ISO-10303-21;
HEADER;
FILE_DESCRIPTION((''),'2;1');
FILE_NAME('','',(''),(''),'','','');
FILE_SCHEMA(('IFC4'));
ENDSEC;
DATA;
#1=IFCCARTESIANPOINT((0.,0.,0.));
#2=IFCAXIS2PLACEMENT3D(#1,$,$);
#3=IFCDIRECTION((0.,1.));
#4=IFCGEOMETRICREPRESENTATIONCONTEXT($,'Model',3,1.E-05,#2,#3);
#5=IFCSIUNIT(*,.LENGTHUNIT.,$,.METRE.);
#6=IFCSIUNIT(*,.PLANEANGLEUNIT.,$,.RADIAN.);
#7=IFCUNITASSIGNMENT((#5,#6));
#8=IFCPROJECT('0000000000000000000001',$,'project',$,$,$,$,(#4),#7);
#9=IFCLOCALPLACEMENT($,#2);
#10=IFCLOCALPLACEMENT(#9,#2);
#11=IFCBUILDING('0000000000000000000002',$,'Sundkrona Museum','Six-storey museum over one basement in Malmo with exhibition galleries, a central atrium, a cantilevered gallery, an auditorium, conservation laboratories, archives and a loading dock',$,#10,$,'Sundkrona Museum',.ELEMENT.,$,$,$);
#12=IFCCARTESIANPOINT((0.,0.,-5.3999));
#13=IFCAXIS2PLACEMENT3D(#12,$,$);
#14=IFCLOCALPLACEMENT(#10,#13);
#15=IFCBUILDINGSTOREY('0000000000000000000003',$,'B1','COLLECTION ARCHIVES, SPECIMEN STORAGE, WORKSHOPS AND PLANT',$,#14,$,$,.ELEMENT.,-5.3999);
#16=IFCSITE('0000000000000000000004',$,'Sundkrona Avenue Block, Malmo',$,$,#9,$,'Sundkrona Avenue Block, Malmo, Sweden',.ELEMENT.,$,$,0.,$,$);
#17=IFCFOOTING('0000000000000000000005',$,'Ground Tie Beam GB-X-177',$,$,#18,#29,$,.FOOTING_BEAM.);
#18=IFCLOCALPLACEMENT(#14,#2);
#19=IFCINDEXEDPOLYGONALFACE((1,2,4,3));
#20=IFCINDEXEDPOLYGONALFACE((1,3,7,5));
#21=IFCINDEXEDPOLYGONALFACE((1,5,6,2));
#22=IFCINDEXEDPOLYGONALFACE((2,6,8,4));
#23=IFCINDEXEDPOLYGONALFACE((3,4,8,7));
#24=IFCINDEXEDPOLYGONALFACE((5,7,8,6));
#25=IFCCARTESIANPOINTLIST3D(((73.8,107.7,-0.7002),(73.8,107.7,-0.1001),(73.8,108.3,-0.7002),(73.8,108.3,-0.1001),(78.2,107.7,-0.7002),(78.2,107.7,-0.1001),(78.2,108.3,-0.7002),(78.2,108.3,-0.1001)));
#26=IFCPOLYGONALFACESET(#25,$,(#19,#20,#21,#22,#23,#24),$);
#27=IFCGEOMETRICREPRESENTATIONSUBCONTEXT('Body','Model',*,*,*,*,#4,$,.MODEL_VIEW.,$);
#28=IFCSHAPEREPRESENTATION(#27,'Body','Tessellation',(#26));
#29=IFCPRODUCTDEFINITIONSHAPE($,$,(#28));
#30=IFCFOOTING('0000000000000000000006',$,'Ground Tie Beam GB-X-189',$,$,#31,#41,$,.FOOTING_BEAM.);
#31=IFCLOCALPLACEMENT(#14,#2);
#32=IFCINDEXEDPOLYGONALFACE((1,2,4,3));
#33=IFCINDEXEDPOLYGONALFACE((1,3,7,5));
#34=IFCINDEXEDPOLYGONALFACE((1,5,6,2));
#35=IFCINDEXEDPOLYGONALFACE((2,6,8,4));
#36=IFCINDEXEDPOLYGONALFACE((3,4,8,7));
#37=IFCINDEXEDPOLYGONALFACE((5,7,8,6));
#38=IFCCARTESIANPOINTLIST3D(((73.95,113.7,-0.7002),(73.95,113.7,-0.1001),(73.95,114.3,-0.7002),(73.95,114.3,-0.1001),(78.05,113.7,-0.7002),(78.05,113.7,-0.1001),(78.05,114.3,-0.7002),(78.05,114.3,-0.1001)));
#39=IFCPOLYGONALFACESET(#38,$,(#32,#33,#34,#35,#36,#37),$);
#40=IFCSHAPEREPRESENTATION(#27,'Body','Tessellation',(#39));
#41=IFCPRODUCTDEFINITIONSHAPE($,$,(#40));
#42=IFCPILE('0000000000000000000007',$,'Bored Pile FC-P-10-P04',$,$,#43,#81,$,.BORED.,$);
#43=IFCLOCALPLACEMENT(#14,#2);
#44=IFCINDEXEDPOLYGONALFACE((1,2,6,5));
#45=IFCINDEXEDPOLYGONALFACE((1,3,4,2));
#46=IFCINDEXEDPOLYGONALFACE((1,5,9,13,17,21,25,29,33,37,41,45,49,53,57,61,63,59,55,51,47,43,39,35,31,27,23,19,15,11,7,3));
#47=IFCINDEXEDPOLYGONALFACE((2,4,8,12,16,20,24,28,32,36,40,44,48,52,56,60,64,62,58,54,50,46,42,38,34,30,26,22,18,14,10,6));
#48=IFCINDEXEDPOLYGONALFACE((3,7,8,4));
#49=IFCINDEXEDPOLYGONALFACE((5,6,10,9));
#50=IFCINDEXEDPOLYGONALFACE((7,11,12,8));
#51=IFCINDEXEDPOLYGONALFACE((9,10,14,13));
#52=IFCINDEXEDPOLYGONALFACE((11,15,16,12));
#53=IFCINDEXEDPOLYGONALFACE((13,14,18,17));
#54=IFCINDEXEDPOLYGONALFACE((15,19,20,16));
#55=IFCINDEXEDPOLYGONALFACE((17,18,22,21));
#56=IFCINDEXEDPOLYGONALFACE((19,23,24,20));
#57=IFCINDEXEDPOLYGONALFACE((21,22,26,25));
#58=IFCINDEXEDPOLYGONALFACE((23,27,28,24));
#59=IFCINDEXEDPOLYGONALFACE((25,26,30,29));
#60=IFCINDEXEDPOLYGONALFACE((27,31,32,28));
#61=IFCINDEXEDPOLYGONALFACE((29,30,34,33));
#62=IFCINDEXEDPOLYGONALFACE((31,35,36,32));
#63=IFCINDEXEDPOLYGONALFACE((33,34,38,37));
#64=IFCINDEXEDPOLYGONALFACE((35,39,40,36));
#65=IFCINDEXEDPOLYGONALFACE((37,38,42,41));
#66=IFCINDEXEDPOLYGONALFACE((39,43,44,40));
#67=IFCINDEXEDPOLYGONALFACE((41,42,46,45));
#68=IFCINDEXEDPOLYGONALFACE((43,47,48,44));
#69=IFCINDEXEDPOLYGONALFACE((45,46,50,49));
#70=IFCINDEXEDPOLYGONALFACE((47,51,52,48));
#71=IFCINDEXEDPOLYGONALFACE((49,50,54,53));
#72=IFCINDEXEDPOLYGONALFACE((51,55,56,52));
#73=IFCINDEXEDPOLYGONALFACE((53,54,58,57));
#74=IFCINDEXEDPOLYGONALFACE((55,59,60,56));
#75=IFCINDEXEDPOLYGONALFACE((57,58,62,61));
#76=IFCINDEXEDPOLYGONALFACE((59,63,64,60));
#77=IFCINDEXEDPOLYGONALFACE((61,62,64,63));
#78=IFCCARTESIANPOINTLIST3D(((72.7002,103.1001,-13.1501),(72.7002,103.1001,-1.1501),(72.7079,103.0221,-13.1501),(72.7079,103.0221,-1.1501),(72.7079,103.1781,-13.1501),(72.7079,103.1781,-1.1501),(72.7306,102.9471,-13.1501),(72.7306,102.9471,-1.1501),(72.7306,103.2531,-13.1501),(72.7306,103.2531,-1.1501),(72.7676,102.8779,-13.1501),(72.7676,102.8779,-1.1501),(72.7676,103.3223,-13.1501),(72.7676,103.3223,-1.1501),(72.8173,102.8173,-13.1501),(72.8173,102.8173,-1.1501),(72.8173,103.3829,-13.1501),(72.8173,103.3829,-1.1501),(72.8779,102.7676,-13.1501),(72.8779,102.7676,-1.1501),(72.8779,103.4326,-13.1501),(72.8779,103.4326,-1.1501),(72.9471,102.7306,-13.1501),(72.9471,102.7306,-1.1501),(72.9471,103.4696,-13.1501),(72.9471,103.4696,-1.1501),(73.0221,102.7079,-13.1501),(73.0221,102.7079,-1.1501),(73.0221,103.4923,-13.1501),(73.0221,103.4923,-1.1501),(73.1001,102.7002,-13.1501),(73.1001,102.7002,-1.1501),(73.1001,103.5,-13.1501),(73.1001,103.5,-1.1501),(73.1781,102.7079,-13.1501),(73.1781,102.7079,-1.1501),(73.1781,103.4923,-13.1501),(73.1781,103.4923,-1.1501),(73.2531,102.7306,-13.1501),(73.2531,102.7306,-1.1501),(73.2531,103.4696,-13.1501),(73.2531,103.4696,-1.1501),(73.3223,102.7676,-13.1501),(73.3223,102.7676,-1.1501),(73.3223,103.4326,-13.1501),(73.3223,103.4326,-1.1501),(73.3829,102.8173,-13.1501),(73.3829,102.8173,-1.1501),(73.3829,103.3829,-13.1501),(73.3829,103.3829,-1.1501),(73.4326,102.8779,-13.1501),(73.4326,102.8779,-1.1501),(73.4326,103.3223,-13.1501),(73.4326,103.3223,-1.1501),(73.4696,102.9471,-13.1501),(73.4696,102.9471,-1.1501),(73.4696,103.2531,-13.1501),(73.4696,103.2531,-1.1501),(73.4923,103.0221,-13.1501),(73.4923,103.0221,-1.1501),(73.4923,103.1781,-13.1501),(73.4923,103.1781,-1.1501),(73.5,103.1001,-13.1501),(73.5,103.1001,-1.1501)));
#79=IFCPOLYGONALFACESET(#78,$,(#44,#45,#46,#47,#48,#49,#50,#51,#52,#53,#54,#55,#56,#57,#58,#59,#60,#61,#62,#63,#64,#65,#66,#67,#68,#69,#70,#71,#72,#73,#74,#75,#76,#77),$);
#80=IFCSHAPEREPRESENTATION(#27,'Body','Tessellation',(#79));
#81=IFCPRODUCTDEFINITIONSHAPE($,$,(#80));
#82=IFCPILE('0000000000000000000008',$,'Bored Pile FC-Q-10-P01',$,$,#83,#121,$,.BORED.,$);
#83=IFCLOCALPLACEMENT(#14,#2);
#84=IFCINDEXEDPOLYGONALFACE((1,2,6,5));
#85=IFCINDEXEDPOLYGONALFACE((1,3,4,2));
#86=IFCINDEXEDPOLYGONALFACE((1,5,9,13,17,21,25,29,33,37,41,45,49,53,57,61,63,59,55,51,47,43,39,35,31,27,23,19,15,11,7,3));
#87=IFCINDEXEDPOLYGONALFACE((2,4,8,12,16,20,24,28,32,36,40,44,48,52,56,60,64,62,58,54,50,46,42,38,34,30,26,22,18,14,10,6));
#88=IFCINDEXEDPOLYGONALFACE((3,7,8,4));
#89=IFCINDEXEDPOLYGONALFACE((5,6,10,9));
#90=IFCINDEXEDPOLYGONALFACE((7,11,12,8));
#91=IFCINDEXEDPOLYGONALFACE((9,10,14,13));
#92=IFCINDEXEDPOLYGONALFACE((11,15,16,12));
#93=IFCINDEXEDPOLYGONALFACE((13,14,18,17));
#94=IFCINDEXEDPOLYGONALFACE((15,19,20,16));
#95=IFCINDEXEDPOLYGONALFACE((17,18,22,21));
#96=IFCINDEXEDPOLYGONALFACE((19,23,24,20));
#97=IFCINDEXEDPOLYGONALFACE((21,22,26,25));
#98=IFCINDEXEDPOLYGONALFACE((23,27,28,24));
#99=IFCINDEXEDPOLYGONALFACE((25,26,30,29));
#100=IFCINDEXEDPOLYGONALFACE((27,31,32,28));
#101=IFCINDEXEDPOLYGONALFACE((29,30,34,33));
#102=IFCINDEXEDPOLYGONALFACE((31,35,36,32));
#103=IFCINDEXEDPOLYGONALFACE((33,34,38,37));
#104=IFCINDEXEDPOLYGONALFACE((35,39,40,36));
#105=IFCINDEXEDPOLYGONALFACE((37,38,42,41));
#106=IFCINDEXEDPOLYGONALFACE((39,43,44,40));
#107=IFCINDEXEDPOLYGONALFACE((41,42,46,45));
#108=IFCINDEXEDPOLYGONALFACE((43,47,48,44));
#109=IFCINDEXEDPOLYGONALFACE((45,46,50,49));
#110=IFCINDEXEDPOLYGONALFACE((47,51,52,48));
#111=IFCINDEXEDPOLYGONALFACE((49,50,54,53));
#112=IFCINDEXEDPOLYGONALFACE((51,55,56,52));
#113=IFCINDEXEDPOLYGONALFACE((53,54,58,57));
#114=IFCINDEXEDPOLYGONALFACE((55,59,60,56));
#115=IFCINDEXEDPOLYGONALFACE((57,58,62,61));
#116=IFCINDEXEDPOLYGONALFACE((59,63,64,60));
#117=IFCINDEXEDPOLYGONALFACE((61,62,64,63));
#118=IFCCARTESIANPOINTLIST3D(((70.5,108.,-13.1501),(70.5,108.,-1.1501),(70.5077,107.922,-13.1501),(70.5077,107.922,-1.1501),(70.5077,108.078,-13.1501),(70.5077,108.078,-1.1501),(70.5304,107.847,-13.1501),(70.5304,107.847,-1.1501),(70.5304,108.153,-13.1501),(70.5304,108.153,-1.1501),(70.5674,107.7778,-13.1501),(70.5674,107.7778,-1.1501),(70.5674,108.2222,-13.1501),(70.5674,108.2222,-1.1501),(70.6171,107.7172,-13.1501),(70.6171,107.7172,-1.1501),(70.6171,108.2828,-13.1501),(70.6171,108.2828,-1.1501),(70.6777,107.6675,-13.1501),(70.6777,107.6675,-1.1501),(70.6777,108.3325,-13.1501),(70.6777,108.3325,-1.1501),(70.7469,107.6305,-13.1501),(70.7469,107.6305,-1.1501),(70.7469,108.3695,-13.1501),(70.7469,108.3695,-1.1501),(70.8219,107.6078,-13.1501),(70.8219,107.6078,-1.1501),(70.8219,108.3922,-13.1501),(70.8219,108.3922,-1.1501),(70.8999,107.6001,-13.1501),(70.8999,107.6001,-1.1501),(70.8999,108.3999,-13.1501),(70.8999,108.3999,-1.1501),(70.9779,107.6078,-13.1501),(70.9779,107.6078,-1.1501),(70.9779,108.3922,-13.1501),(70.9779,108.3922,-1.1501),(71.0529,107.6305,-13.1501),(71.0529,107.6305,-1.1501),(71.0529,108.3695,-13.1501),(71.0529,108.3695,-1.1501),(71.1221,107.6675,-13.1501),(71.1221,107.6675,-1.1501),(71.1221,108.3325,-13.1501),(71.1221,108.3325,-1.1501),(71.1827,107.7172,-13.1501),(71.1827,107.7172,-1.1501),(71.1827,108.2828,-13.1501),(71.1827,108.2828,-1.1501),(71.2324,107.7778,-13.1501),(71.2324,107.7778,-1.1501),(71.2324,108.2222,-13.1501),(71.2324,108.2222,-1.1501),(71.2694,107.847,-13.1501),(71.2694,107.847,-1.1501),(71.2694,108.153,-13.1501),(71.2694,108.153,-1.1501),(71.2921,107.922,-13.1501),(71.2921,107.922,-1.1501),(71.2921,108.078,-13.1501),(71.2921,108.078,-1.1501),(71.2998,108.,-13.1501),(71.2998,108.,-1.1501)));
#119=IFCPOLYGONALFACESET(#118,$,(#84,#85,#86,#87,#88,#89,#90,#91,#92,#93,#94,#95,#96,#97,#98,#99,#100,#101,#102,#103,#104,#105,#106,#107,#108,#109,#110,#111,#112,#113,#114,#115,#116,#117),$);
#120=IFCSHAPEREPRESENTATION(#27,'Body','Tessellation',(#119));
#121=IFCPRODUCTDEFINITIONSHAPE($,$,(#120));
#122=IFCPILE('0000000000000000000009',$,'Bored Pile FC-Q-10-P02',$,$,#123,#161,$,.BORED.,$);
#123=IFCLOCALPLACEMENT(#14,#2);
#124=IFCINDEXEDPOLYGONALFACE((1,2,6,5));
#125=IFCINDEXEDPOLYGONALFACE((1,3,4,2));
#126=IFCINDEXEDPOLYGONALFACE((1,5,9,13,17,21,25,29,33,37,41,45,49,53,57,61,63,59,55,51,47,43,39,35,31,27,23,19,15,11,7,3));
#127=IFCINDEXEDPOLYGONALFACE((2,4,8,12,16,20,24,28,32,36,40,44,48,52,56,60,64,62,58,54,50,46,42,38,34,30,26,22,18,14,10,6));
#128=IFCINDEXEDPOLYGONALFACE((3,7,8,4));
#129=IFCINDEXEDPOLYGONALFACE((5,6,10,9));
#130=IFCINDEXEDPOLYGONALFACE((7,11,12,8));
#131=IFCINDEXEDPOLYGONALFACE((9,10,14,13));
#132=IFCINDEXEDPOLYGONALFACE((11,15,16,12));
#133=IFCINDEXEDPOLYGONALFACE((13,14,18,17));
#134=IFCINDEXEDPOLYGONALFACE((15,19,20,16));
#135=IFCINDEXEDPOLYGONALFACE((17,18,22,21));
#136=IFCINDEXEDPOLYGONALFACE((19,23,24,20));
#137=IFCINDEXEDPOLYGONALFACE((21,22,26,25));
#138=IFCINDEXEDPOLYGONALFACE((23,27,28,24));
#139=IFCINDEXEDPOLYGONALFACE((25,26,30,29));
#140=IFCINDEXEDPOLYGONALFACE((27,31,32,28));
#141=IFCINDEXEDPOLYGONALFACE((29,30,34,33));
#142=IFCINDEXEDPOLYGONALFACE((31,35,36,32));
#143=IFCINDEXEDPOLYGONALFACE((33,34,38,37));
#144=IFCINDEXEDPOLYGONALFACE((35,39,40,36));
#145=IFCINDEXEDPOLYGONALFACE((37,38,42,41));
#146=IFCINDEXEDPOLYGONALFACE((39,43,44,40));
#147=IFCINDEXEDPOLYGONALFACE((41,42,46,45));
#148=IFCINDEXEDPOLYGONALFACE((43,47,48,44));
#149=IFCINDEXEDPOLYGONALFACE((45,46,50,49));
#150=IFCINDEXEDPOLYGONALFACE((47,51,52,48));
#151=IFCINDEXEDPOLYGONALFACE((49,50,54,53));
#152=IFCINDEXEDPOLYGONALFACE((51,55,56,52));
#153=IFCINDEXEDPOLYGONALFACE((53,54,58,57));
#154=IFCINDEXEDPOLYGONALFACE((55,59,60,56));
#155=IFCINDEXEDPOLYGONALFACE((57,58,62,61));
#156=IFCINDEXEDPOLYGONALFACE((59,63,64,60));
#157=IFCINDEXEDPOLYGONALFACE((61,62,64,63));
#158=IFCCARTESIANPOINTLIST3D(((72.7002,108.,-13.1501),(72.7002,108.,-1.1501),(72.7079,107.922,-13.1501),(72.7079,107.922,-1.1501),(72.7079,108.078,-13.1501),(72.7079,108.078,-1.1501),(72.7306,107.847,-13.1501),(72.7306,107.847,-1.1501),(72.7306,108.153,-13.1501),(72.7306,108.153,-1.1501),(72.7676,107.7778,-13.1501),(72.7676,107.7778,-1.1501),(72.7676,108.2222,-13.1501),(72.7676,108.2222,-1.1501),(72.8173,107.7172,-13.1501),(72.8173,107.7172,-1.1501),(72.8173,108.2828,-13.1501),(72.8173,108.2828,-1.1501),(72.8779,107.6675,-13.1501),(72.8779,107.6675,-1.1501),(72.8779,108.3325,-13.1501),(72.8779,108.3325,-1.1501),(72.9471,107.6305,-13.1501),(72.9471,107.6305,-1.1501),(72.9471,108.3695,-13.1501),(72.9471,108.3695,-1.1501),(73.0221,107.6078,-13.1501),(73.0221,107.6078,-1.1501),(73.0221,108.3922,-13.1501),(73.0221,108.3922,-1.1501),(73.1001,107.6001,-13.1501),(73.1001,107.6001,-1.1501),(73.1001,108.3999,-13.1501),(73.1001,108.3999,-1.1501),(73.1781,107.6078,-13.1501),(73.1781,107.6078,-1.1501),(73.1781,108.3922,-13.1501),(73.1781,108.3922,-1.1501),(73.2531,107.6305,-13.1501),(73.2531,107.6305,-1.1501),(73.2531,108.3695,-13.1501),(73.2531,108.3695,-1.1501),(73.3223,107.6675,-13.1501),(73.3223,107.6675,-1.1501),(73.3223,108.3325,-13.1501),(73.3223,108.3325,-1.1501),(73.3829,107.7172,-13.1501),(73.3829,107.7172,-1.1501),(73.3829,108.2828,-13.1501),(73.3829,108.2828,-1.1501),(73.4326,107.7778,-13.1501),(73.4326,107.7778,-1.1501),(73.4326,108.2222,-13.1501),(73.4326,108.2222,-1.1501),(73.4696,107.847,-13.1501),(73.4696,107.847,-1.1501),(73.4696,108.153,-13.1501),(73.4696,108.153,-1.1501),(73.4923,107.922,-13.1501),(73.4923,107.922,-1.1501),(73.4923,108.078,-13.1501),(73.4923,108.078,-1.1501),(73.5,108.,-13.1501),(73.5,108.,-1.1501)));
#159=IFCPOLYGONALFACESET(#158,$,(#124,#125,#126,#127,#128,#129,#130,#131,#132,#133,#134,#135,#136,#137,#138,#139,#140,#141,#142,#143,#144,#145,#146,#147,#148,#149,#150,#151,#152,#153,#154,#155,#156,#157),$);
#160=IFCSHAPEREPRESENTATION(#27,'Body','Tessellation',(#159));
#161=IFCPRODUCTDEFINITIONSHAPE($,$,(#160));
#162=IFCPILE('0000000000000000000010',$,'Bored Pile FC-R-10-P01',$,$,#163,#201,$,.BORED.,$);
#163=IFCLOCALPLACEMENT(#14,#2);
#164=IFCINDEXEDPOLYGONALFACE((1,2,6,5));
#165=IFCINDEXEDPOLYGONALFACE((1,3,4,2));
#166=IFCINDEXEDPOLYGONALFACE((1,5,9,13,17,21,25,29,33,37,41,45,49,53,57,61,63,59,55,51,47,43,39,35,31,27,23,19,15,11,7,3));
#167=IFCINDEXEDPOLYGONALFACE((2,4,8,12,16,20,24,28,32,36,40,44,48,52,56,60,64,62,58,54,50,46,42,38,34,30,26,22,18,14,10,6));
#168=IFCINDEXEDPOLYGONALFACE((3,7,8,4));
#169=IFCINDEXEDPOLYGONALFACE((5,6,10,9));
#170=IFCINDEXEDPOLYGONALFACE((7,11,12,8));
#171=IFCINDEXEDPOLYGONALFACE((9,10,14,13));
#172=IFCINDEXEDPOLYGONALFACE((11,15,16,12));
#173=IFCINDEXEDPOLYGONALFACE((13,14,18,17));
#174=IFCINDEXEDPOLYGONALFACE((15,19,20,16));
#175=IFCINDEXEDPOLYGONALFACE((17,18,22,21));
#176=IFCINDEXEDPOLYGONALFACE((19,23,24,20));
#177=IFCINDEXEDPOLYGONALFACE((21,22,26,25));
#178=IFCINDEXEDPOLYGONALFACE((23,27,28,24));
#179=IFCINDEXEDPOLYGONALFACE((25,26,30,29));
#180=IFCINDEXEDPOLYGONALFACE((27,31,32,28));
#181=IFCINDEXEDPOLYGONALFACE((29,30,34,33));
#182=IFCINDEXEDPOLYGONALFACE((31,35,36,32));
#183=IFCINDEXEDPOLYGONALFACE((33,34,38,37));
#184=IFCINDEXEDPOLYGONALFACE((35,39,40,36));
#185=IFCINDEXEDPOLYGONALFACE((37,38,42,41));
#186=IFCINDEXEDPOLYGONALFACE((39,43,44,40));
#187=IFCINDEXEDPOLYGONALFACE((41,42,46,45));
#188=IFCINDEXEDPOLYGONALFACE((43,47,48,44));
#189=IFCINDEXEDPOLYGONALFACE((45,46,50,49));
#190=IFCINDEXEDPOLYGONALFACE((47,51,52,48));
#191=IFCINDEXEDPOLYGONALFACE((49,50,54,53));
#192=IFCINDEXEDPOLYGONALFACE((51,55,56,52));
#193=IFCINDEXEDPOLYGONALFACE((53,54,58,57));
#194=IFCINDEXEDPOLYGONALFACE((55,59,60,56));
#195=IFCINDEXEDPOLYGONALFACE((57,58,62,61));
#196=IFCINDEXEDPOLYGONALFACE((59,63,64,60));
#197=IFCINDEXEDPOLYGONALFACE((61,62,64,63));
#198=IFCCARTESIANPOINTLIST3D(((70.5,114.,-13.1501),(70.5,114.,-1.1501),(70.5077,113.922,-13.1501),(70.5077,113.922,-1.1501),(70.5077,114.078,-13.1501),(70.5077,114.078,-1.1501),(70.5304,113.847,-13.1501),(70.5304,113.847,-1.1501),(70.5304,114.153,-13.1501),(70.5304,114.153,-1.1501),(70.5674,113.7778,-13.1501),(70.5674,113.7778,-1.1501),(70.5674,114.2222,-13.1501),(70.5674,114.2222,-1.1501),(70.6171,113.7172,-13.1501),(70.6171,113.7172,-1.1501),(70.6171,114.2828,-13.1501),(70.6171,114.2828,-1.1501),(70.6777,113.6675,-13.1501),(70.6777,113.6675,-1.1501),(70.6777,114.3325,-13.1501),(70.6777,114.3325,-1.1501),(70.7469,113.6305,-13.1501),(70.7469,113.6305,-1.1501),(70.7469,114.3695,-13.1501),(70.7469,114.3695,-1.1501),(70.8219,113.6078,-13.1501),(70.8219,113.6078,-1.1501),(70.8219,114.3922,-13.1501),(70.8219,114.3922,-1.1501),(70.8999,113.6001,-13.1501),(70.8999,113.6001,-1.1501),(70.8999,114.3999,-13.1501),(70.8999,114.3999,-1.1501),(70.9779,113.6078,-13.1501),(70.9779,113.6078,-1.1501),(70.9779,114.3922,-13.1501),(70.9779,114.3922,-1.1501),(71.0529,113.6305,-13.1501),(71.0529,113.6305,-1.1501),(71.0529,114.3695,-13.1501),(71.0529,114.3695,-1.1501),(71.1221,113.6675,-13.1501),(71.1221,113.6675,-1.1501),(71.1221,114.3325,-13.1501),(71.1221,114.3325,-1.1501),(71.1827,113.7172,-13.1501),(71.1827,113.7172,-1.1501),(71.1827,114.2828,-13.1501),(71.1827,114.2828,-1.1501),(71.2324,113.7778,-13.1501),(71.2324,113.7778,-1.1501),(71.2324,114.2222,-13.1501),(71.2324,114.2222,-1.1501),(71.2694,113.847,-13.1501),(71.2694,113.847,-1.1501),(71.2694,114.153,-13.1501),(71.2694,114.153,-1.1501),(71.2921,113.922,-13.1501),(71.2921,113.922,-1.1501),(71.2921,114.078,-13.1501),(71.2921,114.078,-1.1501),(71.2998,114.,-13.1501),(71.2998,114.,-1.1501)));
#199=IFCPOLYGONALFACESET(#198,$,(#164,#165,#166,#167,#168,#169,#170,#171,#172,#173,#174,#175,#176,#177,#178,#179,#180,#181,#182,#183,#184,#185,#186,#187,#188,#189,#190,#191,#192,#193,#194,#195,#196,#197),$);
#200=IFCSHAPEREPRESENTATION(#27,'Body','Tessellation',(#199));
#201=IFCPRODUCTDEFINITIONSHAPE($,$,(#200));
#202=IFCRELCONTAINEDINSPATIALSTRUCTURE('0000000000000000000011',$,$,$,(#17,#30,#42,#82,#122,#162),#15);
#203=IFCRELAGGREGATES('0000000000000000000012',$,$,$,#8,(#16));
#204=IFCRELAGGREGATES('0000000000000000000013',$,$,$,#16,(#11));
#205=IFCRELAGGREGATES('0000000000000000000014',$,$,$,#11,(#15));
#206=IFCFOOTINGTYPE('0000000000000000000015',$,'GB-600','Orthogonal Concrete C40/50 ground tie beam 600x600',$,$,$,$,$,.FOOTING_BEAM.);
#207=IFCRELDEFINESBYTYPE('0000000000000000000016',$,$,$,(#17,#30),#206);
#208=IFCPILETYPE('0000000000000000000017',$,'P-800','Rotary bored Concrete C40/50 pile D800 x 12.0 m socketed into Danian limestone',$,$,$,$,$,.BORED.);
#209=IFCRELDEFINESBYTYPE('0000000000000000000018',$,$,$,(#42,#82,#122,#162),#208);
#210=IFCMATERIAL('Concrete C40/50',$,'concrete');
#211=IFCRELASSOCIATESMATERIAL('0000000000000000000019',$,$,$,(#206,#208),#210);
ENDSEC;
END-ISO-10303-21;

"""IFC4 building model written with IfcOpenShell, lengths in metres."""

from ifc_helpers import new_model, si_unit, direction, frame, origin, origin_2d, place, context, subcontext, project, spatial, rectangle, circle, extrude, material, material_profile, profile_set, type_object, element, save


model = new_model("IFC4")

# Units and contexts
model_context = context("Model", 3, precision=1e-05, world=origin(), true_north=direction((0.0, 1.0)))
body_context = subcontext(model_context, "Body", "Model", "MODEL_VIEW")
ifc_project = project(units=[si_unit("LENGTHUNIT", "METRE"), si_unit("PLANEANGLEUNIT", "RADIAN")], contexts=[model_context])

# Site, building, storey
site_placement = place(None, origin())
site = spatial("IfcSite", under=ifc_project, at=site_placement, Name="Sundkrona Avenue Block, Malmo", LongName="Sundkrona Avenue Block, Malmo, Sweden", CompositionType="ELEMENT", RefElevation=0.0)
building_placement = place(site_placement, origin())
building = spatial("IfcBuilding", under=site, at=building_placement, Name="Sundkrona Museum", Description="Six-storey museum over one basement in Malmo with exhibition galleries, a central atrium, a cantilevered gallery, an auditorium, conservation laboratories, archives and a loading dock", LongName="Sundkrona Museum", CompositionType="ELEMENT")
storey_placement = place(building_placement, frame((0.0, 0.0, -5.3999)))
storey = spatial("IfcBuildingStorey", under=building, at=storey_placement, Name="B1", Description="COLLECTION ARCHIVES, SPECIMEN STORAGE, WORKSHOPS AND PLANT", CompositionType="ELEMENT", Elevation=-5.3999)

# Footings
ifc_material_1 = material(Name="Concrete C40/50", Category="concrete")
footing_type_1 = type_object("IfcFootingType", Name="GB-600", Description="Orthogonal Concrete C40/50 ground tie beam 600x600", PredefinedType="FOOTING_BEAM", material=ifc_material_1)
footing_1_placement = place(storey_placement, frame((76.0, 108.0, -0.7002), z_axis=(0.0, 0.0, 1.0), x_axis=(1.0, 0.0, 0.0)))
element("IfcFooting", 1, at=footing_1_placement, inside=storey, type_object=footing_type_1, Name="Ground Tie Beam GB-X-177", PredefinedType="FOOTING_BEAM", context=body_context, shape_type="SweptSolid", body=[
    extrude(rectangle(XDim=4.3999, YDim=0.6001, at=origin_2d()), origin(), (0.0, 0.0, 1.0), 0.6001),
])
footing_2_placement = place(storey_placement, frame((76.0, 114.0, -0.7002), z_axis=(0.0, 0.0, 1.0), x_axis=(1.0, 0.0, 0.0)))
element("IfcFooting", 2, at=footing_2_placement, inside=storey, type_object=footing_type_1, Name="Ground Tie Beam GB-X-189", PredefinedType="FOOTING_BEAM", context=body_context, shape_type="SweptSolid", body=[
    extrude(rectangle(XDim=4.1001, YDim=0.6001, at=origin_2d()), origin(), (0.0, 0.0, 1.0), 0.6001),
])

# Piles
ifc_material_profile_1 = material_profile(ifc_material_1, circle(Radius=0.3999, at=origin_2d()), Name="PILE D800")
ifc_profile_set_1 = profile_set([ifc_material_profile_1], Name="Concrete C40/50")
pile_type = type_object("IfcPileType", Name="P-800", Description="Rotary bored Concrete C40/50 pile D800 x 12.0 m socketed into Danian limestone", PredefinedType="BORED", material=ifc_profile_set_1)
for number, where, z_axis, x_axis, name in (
    (3, (73.1001, 103.1001, -1.1501), (0.0, 0.0, -1.0), (1.0, 0.0, 0.0), "Bored Pile FC-P-10-P04"),
    (4, (70.8999, 108.0, -1.1501), (0.0, 0.0, -1.0), (1.0, 0.0, 0.0), "Bored Pile FC-Q-10-P01"),
    (5, (73.1001, 108.0, -1.1501), (0.0, 0.0, -1.0), (1.0, 0.0, 0.0), "Bored Pile FC-Q-10-P02"),
    (6, (70.8999, 114.0, -1.1501), (0.0, 0.0, -1.0), (1.0, 0.0, 0.0), "Bored Pile FC-R-10-P01"),
):
    element("IfcPile", number, at=place(storey_placement, frame(where, z_axis=z_axis, x_axis=x_axis)), inside=storey, type_object=pile_type, Name=name, PredefinedType="BORED", context=body_context, shape_type="SweptSolid", body=[
        extrude(circle(Radius=0.3999, at=origin_2d()), origin(), (0.0, 0.0, 1.0), 12.0),
    ])

save(model, "model.ifc")
